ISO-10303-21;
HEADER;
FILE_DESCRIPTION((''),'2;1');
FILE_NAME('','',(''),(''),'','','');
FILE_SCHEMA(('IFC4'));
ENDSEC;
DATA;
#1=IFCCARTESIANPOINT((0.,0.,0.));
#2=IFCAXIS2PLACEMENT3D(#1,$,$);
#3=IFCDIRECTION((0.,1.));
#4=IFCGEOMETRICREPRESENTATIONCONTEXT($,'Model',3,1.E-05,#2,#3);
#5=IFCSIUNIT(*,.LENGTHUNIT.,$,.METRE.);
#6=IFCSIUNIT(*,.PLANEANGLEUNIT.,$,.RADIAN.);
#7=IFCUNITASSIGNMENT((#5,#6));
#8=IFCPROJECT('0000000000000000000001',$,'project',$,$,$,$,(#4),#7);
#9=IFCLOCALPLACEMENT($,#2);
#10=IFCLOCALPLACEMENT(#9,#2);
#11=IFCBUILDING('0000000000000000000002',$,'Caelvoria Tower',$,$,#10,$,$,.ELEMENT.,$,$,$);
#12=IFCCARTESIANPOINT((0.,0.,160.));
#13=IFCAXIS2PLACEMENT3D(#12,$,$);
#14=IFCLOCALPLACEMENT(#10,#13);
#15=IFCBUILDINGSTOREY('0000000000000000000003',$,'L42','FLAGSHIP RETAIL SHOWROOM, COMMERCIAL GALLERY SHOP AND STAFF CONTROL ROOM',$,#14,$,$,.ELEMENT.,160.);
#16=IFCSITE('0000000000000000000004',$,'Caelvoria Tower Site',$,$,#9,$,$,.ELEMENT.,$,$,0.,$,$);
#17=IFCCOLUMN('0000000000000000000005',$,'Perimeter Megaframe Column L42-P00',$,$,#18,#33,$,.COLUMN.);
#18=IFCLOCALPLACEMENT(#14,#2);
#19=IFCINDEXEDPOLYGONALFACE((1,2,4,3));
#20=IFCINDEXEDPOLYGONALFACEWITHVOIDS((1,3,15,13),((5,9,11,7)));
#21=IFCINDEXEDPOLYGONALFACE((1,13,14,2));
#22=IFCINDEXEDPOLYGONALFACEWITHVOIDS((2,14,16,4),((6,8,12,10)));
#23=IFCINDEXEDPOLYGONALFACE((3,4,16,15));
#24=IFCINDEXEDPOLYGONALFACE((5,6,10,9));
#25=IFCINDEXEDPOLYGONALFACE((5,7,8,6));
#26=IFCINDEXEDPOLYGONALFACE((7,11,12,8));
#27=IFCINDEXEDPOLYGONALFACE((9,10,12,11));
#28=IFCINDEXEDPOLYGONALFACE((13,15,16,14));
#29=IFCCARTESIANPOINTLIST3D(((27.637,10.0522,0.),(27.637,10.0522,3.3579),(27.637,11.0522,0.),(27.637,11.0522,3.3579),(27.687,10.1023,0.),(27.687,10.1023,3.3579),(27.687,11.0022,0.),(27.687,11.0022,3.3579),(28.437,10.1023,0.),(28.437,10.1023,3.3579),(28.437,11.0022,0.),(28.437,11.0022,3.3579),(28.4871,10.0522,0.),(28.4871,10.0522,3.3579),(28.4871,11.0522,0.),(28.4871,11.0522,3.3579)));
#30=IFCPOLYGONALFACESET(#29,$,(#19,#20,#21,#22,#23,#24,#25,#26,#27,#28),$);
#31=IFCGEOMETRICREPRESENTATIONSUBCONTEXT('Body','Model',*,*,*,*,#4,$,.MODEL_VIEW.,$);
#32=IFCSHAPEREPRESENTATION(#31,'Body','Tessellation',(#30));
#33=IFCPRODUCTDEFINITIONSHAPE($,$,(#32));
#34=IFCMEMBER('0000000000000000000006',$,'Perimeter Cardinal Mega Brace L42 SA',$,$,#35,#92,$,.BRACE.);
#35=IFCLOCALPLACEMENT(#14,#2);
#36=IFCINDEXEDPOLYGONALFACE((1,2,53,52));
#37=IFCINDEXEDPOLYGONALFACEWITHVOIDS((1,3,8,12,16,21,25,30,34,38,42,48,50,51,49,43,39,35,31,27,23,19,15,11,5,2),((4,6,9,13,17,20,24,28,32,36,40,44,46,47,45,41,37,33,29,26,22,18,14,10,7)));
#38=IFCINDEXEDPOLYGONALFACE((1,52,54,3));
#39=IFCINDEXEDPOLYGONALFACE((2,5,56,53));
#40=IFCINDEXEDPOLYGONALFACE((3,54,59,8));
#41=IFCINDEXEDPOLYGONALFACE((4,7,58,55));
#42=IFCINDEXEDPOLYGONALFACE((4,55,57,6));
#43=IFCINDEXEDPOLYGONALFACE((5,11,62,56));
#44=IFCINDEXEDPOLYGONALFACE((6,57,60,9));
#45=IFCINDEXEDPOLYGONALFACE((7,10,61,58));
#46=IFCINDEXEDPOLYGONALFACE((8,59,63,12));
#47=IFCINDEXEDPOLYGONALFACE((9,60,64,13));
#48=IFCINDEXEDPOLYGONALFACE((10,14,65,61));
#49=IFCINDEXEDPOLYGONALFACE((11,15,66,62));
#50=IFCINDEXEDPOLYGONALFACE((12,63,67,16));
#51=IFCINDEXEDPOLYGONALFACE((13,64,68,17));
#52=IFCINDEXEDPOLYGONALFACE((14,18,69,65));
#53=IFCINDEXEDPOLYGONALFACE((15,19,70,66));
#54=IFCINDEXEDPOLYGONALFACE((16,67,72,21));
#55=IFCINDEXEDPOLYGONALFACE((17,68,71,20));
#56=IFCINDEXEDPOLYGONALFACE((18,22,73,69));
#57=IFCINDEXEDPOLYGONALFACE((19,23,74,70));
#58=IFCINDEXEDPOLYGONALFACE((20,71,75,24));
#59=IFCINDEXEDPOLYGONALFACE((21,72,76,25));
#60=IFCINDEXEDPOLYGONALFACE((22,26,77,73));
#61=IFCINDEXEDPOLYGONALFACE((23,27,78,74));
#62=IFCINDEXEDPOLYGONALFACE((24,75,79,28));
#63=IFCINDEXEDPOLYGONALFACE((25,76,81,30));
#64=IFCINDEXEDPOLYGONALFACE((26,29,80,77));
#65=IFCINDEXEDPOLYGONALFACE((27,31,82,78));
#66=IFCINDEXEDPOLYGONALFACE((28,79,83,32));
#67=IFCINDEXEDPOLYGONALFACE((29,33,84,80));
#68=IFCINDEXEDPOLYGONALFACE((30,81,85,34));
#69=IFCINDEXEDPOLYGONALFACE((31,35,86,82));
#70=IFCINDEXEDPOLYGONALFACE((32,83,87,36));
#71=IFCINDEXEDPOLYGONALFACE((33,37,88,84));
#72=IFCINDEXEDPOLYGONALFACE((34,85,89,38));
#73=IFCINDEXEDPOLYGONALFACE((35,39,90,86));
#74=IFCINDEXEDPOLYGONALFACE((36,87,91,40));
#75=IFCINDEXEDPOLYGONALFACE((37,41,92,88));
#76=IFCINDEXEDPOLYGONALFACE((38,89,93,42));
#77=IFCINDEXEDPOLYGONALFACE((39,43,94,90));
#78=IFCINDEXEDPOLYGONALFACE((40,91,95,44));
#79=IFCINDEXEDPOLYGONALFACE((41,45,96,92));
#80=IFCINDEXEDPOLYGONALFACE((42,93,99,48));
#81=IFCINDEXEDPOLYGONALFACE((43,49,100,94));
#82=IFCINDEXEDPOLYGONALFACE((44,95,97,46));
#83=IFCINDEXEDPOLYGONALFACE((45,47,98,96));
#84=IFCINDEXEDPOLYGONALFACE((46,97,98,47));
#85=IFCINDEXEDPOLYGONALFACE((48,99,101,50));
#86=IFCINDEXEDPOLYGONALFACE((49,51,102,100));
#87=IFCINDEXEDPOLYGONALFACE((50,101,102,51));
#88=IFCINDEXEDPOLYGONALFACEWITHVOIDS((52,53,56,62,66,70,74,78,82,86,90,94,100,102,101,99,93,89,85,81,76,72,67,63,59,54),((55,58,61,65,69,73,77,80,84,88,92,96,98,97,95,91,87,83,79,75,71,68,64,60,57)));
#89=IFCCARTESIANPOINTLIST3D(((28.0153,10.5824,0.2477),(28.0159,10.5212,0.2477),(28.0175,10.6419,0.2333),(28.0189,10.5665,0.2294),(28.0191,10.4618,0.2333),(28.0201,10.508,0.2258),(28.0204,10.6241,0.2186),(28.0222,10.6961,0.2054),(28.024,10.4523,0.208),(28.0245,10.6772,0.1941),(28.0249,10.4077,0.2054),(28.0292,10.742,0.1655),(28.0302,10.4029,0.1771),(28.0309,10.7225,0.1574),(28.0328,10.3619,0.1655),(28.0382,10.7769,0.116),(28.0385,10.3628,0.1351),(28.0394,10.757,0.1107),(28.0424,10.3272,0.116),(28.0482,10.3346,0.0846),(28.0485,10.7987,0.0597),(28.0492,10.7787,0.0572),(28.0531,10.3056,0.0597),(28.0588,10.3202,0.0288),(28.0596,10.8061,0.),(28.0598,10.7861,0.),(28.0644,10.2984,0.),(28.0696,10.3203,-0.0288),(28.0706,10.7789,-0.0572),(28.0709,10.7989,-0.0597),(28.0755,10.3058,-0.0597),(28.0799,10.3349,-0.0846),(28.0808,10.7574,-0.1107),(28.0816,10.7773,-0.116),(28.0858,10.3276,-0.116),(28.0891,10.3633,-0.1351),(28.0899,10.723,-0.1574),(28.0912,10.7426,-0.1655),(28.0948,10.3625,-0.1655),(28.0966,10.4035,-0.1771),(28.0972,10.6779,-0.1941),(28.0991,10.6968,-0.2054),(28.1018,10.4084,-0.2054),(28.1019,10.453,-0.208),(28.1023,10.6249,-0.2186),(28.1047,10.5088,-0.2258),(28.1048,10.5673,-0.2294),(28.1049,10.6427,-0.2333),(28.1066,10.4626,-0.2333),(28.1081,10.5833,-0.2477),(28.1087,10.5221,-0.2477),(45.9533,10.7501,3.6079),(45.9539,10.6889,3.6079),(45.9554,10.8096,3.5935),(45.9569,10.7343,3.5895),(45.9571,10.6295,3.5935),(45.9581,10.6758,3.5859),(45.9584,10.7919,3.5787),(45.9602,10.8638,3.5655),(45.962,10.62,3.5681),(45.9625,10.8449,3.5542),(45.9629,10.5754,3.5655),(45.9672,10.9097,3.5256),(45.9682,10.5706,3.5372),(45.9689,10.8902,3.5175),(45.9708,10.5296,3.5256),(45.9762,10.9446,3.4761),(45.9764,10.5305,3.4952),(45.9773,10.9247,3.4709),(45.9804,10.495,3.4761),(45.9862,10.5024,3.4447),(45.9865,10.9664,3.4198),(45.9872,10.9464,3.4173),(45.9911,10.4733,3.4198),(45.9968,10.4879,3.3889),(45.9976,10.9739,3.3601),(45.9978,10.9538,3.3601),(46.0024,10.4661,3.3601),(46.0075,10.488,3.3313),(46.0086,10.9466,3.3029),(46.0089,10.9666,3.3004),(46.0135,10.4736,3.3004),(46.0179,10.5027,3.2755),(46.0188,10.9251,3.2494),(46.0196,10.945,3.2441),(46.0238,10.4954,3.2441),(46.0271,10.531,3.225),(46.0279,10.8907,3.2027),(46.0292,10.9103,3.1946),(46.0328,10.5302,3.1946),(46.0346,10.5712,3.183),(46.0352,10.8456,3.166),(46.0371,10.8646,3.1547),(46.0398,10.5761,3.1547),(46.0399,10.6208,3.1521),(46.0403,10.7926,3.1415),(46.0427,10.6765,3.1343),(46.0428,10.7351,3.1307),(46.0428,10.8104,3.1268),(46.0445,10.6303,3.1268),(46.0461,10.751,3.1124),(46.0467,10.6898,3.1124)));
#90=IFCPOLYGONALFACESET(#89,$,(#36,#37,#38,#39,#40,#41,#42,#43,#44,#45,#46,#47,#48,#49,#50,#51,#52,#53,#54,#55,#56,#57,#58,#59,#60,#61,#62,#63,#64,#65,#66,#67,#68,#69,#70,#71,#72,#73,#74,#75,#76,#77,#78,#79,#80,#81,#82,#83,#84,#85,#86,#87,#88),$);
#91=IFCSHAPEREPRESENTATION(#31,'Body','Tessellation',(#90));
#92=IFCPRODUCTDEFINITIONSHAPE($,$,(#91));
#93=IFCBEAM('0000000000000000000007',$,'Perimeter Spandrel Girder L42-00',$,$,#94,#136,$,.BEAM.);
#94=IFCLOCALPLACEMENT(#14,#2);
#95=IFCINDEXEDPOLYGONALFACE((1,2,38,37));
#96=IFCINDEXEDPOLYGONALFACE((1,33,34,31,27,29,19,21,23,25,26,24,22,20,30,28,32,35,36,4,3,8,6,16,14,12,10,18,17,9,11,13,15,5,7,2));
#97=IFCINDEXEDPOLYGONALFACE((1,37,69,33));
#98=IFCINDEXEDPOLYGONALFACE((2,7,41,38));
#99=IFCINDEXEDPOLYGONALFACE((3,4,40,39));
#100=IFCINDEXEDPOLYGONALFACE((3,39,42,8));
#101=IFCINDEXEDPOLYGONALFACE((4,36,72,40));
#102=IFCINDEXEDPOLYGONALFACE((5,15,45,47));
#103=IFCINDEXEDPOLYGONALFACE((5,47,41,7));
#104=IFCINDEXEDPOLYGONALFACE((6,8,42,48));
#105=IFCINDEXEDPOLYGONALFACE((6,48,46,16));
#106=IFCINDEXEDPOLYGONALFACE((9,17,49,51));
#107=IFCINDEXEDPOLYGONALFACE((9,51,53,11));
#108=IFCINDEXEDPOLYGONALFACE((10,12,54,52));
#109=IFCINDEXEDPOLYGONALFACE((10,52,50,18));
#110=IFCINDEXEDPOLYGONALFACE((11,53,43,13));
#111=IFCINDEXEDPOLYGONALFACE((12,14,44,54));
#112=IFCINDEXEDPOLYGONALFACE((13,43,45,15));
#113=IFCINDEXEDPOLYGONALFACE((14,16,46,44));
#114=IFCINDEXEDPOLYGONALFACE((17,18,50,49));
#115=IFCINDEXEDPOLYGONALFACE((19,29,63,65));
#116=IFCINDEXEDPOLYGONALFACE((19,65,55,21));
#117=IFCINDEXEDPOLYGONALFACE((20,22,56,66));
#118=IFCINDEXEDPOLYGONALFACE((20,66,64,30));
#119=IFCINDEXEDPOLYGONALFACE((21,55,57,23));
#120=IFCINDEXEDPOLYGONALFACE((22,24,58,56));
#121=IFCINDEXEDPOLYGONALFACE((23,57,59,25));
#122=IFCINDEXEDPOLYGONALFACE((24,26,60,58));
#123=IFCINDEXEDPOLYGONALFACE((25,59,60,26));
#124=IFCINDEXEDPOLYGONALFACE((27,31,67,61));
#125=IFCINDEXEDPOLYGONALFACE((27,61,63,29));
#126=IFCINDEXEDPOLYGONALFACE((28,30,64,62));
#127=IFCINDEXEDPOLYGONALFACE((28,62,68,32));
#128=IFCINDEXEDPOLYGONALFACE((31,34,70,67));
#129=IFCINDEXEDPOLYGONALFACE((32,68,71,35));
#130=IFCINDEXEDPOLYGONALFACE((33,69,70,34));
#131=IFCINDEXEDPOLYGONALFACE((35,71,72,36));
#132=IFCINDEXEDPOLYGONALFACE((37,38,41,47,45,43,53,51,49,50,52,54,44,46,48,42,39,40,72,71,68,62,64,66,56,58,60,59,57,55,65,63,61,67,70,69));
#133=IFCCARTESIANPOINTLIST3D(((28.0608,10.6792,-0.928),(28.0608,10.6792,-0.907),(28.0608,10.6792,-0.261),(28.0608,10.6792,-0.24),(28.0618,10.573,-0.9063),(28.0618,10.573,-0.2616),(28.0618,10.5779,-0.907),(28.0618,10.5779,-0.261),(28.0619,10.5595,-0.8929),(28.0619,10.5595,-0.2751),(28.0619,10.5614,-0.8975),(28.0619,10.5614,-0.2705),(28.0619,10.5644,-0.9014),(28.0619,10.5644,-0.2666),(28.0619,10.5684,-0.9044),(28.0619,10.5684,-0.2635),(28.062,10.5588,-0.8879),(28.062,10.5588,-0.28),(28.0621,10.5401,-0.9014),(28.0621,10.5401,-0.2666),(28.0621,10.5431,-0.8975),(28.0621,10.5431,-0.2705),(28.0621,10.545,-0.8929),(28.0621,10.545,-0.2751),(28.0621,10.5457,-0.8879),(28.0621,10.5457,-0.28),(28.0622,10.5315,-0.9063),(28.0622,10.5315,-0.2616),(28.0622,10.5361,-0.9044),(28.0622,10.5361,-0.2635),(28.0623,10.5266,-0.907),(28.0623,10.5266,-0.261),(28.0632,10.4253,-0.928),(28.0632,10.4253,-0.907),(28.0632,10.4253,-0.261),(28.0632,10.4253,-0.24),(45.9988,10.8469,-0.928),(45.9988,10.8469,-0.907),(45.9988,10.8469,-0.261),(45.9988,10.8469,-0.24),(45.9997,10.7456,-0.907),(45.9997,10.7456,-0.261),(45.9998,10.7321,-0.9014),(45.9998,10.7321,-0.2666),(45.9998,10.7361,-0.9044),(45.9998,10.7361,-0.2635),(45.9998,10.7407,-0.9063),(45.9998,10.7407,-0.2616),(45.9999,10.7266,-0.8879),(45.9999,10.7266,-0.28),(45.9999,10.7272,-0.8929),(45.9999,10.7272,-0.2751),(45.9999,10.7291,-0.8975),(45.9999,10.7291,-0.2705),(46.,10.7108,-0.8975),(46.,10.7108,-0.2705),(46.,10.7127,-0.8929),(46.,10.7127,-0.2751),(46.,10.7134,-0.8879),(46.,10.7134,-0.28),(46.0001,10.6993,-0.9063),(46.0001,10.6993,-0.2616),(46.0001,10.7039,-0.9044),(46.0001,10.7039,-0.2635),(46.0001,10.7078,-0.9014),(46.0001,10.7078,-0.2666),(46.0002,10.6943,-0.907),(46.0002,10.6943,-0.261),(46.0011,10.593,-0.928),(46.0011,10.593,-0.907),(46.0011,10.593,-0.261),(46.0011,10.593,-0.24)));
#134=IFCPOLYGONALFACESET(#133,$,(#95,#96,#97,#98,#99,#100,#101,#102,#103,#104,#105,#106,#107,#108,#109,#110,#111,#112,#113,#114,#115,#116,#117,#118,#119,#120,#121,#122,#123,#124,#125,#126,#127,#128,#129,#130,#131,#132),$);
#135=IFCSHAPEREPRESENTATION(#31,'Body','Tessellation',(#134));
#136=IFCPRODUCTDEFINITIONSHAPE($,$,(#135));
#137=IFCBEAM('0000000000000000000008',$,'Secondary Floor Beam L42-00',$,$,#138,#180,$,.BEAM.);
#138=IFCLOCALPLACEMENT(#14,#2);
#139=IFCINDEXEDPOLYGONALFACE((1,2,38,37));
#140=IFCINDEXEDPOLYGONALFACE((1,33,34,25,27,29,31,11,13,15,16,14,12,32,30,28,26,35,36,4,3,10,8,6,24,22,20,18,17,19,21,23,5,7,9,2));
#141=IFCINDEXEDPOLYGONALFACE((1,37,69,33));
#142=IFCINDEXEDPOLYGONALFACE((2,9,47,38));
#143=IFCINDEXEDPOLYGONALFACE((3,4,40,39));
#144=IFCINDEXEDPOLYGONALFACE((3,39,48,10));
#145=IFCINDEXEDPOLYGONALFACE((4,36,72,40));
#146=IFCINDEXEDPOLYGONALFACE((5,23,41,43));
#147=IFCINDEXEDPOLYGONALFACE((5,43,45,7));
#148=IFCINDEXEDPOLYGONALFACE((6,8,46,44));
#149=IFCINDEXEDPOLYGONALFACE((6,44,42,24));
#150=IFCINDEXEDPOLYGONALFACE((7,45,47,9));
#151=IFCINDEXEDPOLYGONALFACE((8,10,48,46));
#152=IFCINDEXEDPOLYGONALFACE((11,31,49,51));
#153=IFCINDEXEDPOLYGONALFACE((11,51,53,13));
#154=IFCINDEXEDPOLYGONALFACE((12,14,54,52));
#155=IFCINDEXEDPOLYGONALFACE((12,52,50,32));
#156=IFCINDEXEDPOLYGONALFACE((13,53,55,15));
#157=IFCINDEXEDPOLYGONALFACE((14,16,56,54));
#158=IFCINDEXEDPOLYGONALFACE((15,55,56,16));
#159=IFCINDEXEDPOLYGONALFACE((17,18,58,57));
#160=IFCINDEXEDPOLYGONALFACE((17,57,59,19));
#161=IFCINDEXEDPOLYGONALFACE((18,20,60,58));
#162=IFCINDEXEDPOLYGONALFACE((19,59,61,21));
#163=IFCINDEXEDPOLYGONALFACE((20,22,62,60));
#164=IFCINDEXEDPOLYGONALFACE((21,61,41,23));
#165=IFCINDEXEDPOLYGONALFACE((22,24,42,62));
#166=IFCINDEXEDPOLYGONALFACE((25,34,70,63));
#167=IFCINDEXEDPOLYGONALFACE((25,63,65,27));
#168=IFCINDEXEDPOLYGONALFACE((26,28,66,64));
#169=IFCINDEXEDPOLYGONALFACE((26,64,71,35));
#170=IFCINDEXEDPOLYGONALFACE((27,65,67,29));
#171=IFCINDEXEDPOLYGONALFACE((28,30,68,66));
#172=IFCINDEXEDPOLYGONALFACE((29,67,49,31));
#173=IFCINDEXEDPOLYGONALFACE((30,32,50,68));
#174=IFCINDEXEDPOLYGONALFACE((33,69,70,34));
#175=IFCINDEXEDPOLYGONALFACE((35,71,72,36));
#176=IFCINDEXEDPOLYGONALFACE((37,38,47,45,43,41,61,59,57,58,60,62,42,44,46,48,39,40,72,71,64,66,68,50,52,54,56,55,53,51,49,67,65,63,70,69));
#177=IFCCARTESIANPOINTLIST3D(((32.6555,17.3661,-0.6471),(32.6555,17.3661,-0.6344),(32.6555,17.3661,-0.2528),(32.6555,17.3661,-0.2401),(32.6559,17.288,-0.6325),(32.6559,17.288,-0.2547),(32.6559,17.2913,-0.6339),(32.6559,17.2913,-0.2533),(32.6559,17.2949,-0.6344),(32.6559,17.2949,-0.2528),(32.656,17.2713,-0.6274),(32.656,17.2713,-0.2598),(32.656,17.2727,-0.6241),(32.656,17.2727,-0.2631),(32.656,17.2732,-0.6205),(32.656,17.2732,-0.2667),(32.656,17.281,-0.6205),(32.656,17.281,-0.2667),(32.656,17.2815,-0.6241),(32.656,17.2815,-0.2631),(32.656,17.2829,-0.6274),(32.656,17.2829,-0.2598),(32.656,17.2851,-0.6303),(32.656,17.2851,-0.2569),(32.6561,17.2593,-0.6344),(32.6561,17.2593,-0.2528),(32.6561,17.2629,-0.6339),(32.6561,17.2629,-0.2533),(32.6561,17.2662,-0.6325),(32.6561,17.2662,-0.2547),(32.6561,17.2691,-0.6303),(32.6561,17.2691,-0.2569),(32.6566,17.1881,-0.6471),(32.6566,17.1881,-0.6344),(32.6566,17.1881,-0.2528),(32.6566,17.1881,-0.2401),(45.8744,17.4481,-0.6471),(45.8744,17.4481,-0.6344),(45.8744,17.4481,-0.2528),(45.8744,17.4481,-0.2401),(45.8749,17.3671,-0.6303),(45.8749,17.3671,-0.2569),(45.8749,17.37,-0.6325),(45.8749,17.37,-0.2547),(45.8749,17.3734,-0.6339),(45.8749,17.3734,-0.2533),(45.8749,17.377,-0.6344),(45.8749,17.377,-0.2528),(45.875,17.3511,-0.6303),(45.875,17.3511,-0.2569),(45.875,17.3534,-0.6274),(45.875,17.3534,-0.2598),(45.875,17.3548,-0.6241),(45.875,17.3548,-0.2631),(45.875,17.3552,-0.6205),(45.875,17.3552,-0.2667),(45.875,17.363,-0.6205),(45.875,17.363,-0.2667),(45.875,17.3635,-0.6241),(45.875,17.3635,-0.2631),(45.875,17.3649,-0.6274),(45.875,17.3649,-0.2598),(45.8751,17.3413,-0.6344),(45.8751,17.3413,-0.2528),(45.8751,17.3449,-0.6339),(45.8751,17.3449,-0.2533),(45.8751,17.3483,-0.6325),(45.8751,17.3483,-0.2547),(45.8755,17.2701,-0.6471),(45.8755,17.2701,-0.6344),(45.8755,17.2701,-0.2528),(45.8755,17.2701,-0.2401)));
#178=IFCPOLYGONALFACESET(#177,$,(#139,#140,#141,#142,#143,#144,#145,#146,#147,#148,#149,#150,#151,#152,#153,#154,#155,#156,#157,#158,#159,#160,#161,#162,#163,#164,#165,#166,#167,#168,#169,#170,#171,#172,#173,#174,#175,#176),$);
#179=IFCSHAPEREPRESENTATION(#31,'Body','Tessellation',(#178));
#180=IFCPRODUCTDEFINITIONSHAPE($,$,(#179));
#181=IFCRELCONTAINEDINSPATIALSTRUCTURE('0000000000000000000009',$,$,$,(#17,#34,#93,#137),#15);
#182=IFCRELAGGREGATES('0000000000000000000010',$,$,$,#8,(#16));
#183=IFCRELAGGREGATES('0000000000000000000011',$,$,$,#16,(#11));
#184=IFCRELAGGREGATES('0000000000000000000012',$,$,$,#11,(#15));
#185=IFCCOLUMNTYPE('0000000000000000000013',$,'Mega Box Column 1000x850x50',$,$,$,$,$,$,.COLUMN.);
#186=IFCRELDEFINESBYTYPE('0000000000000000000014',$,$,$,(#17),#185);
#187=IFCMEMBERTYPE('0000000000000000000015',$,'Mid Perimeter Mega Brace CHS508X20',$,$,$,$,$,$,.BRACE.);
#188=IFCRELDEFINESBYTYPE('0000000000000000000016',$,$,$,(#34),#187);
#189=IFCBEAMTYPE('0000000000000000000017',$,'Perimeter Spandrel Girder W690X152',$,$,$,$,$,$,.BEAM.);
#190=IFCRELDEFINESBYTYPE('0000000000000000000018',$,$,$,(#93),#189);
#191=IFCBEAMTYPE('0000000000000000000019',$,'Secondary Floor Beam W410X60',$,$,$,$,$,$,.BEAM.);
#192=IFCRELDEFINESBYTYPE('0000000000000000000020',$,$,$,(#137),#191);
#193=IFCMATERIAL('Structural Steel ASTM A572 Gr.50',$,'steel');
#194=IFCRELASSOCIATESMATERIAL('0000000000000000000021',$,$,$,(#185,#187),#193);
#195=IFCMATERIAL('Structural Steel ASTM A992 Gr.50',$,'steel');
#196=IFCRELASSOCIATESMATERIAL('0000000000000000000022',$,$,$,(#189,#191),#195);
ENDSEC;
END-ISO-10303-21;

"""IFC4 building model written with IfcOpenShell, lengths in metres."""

from ifc_helpers import new_model, si_unit, direction, frame, origin, origin_2d, place, context, subcontext, project, spatial, hollow_rectangle, hollow_circle, i_section, extrude, material, material_profile, profile_set, type_object, element, save


model = new_model("IFC4")

# Units and contexts
model_context = context("Model", 3, precision=1e-05, world=origin(), true_north=direction((0.0, 1.0)))
body_context = subcontext(model_context, "Body", "Model", "MODEL_VIEW")
ifc_project = project(units=[si_unit("LENGTHUNIT", "METRE"), si_unit("PLANEANGLEUNIT", "RADIAN")], contexts=[model_context])

# Site, building, storey
site_placement = place(None, origin())
site = spatial("IfcSite", under=ifc_project, at=site_placement, Name="Caelvoria Tower Site", CompositionType="ELEMENT", RefElevation=0.0)
building_placement = place(site_placement, origin())
building = spatial("IfcBuilding", under=site, at=building_placement, Name="Caelvoria Tower", CompositionType="ELEMENT")
storey_placement = place(building_placement, frame((0.0, 0.0, 160.0)))
storey = spatial("IfcBuildingStorey", under=building, at=storey_placement, Name="L42", Description="FLAGSHIP RETAIL SHOWROOM, COMMERCIAL GALLERY SHOP AND STAFF CONTROL ROOM", CompositionType="ELEMENT", Elevation=160.0)

# Column
ifc_material_1 = material(Name="Structural Steel ASTM A572 Gr.50", Category="steel")
ifc_material_profile_1 = material_profile(ifc_material_1, hollow_rectangle(XDim=0.8501, YDim=1.0, WallThickness=0.05, at=origin_2d()), Name="Structural Steel ASTM A572 Gr.50")
ifc_profile_set_1 = profile_set([ifc_material_profile_1], Name="BOX1000X850X50 - Structural Steel ASTM A572 Gr.50")
column_type = type_object("IfcColumnType", Name="Mega Box Column 1000x850x50", PredefinedType="COLUMN", material=ifc_profile_set_1)
column_placement = place(storey_placement, frame((28.062, 10.5522, 0.0), z_axis=(0.0, 0.0, 1.0), x_axis=(1.0, 0.0, 0.0)))
element("IfcColumn", 1, at=column_placement, inside=storey, type_object=column_type, Name="Perimeter Megaframe Column L42-P00", PredefinedType="COLUMN", context=body_context, shape_type="SweptSolid", body=[
    extrude(hollow_rectangle(XDim=0.8501, YDim=1.0, WallThickness=0.05, at=origin_2d()), origin(), (0.0, 0.0, 1.0), 3.3579),
])

# Member
ifc_material_profile_2 = material_profile(ifc_material_1, hollow_circle(Radius=0.2539, WallThickness=0.02, at=origin_2d()), Name="Structural Steel ASTM A572 Gr.50")
ifc_profile_set_2 = profile_set([ifc_material_profile_2], Name="CHS508X20 - Structural Steel ASTM A572 Gr.50")
member_type = type_object("IfcMemberType", Name="Mid Perimeter Mega Brace CHS508X20", PredefinedType="BRACE", material=ifc_profile_set_2)
member_placement = place(storey_placement, frame((28.062, 10.5522, 0.0), z_axis=(0.982863, 0.00919, 0.184108), x_axis=(-0.00935, 0.999956, 0.0)))
element("IfcMember", 2, at=member_placement, inside=storey, type_object=member_type, Name="Perimeter Cardinal Mega Brace L42 SA", PredefinedType="BRACE", context=body_context, shape_type="SweptSolid", body=[
    extrude(hollow_circle(Radius=0.2539, WallThickness=0.02, at=origin_2d()), origin(), (0.0, 0.0, 1.0), 18.2507),
])

# Beams
ifc_material_2 = material(Name="Structural Steel ASTM A992 Gr.50", Category="steel")
ifc_material_profile_3 = material_profile(ifc_material_2, i_section(OverallWidth=0.2539, OverallDepth=0.688, WebThickness=0.0132, FlangeThickness=0.021, FilletRadius=0.019, at=origin_2d()), Name="Structural Steel ASTM A992 Gr.50")
ifc_profile_set_3 = profile_set([ifc_material_profile_3], Name="W690X152 - Structural Steel ASTM A992 Gr.50")
beam_type_1 = type_object("IfcBeamType", Name="Perimeter Spandrel Girder W690X152", PredefinedType="BEAM", material=ifc_profile_set_3)
beam_1_placement = place(storey_placement, frame((28.062, 10.5522, -0.584), z_axis=(0.999956, 0.00935, 0.0), x_axis=(-0.00935, 0.999956, 0.0)))
element("IfcBeam", 3, at=beam_1_placement, inside=storey, type_object=beam_type_1, Name="Perimeter Spandrel Girder L42-00", PredefinedType="BEAM", context=body_context, shape_type="SweptSolid", body=[
    extrude(i_section(OverallWidth=0.2539, OverallDepth=0.688, WebThickness=0.0132, FlangeThickness=0.021, FilletRadius=0.019, at=origin_2d()), origin(), (0.0, 0.0, 1.0), 17.9387),
])
ifc_material_profile_4 = material_profile(ifc_material_2, i_section(OverallWidth=0.178, OverallDepth=0.407, WebThickness=0.0078, FlangeThickness=0.0127, FilletRadius=0.0139, at=origin_2d()), Name="Structural Steel ASTM A992 Gr.50")
ifc_profile_set_4 = profile_set([ifc_material_profile_4], Name="W410X60 - Structural Steel ASTM A992 Gr.50")
beam_type_2 = type_object("IfcBeamType", Name="Secondary Floor Beam W410X60", PredefinedType="BEAM", material=ifc_profile_set_4)
beam_2_placement = place(storey_placement, frame((32.656, 17.2771, -0.4436), z_axis=(0.999981, 0.006205, 0.0), x_axis=(-0.006205, 0.999981, 0.0)))
element("IfcBeam", 4, at=beam_2_placement, inside=storey, type_object=beam_type_2, Name="Secondary Floor Beam L42-00", PredefinedType="BEAM", context=body_context, shape_type="SweptSolid", body=[
    extrude(i_section(OverallWidth=0.178, OverallDepth=0.407, WebThickness=0.0078, FlangeThickness=0.0127, FilletRadius=0.0139, at=origin_2d()), origin(), (0.0, 0.0, 1.0), 13.2192),
])

save(model, "model.ifc")
